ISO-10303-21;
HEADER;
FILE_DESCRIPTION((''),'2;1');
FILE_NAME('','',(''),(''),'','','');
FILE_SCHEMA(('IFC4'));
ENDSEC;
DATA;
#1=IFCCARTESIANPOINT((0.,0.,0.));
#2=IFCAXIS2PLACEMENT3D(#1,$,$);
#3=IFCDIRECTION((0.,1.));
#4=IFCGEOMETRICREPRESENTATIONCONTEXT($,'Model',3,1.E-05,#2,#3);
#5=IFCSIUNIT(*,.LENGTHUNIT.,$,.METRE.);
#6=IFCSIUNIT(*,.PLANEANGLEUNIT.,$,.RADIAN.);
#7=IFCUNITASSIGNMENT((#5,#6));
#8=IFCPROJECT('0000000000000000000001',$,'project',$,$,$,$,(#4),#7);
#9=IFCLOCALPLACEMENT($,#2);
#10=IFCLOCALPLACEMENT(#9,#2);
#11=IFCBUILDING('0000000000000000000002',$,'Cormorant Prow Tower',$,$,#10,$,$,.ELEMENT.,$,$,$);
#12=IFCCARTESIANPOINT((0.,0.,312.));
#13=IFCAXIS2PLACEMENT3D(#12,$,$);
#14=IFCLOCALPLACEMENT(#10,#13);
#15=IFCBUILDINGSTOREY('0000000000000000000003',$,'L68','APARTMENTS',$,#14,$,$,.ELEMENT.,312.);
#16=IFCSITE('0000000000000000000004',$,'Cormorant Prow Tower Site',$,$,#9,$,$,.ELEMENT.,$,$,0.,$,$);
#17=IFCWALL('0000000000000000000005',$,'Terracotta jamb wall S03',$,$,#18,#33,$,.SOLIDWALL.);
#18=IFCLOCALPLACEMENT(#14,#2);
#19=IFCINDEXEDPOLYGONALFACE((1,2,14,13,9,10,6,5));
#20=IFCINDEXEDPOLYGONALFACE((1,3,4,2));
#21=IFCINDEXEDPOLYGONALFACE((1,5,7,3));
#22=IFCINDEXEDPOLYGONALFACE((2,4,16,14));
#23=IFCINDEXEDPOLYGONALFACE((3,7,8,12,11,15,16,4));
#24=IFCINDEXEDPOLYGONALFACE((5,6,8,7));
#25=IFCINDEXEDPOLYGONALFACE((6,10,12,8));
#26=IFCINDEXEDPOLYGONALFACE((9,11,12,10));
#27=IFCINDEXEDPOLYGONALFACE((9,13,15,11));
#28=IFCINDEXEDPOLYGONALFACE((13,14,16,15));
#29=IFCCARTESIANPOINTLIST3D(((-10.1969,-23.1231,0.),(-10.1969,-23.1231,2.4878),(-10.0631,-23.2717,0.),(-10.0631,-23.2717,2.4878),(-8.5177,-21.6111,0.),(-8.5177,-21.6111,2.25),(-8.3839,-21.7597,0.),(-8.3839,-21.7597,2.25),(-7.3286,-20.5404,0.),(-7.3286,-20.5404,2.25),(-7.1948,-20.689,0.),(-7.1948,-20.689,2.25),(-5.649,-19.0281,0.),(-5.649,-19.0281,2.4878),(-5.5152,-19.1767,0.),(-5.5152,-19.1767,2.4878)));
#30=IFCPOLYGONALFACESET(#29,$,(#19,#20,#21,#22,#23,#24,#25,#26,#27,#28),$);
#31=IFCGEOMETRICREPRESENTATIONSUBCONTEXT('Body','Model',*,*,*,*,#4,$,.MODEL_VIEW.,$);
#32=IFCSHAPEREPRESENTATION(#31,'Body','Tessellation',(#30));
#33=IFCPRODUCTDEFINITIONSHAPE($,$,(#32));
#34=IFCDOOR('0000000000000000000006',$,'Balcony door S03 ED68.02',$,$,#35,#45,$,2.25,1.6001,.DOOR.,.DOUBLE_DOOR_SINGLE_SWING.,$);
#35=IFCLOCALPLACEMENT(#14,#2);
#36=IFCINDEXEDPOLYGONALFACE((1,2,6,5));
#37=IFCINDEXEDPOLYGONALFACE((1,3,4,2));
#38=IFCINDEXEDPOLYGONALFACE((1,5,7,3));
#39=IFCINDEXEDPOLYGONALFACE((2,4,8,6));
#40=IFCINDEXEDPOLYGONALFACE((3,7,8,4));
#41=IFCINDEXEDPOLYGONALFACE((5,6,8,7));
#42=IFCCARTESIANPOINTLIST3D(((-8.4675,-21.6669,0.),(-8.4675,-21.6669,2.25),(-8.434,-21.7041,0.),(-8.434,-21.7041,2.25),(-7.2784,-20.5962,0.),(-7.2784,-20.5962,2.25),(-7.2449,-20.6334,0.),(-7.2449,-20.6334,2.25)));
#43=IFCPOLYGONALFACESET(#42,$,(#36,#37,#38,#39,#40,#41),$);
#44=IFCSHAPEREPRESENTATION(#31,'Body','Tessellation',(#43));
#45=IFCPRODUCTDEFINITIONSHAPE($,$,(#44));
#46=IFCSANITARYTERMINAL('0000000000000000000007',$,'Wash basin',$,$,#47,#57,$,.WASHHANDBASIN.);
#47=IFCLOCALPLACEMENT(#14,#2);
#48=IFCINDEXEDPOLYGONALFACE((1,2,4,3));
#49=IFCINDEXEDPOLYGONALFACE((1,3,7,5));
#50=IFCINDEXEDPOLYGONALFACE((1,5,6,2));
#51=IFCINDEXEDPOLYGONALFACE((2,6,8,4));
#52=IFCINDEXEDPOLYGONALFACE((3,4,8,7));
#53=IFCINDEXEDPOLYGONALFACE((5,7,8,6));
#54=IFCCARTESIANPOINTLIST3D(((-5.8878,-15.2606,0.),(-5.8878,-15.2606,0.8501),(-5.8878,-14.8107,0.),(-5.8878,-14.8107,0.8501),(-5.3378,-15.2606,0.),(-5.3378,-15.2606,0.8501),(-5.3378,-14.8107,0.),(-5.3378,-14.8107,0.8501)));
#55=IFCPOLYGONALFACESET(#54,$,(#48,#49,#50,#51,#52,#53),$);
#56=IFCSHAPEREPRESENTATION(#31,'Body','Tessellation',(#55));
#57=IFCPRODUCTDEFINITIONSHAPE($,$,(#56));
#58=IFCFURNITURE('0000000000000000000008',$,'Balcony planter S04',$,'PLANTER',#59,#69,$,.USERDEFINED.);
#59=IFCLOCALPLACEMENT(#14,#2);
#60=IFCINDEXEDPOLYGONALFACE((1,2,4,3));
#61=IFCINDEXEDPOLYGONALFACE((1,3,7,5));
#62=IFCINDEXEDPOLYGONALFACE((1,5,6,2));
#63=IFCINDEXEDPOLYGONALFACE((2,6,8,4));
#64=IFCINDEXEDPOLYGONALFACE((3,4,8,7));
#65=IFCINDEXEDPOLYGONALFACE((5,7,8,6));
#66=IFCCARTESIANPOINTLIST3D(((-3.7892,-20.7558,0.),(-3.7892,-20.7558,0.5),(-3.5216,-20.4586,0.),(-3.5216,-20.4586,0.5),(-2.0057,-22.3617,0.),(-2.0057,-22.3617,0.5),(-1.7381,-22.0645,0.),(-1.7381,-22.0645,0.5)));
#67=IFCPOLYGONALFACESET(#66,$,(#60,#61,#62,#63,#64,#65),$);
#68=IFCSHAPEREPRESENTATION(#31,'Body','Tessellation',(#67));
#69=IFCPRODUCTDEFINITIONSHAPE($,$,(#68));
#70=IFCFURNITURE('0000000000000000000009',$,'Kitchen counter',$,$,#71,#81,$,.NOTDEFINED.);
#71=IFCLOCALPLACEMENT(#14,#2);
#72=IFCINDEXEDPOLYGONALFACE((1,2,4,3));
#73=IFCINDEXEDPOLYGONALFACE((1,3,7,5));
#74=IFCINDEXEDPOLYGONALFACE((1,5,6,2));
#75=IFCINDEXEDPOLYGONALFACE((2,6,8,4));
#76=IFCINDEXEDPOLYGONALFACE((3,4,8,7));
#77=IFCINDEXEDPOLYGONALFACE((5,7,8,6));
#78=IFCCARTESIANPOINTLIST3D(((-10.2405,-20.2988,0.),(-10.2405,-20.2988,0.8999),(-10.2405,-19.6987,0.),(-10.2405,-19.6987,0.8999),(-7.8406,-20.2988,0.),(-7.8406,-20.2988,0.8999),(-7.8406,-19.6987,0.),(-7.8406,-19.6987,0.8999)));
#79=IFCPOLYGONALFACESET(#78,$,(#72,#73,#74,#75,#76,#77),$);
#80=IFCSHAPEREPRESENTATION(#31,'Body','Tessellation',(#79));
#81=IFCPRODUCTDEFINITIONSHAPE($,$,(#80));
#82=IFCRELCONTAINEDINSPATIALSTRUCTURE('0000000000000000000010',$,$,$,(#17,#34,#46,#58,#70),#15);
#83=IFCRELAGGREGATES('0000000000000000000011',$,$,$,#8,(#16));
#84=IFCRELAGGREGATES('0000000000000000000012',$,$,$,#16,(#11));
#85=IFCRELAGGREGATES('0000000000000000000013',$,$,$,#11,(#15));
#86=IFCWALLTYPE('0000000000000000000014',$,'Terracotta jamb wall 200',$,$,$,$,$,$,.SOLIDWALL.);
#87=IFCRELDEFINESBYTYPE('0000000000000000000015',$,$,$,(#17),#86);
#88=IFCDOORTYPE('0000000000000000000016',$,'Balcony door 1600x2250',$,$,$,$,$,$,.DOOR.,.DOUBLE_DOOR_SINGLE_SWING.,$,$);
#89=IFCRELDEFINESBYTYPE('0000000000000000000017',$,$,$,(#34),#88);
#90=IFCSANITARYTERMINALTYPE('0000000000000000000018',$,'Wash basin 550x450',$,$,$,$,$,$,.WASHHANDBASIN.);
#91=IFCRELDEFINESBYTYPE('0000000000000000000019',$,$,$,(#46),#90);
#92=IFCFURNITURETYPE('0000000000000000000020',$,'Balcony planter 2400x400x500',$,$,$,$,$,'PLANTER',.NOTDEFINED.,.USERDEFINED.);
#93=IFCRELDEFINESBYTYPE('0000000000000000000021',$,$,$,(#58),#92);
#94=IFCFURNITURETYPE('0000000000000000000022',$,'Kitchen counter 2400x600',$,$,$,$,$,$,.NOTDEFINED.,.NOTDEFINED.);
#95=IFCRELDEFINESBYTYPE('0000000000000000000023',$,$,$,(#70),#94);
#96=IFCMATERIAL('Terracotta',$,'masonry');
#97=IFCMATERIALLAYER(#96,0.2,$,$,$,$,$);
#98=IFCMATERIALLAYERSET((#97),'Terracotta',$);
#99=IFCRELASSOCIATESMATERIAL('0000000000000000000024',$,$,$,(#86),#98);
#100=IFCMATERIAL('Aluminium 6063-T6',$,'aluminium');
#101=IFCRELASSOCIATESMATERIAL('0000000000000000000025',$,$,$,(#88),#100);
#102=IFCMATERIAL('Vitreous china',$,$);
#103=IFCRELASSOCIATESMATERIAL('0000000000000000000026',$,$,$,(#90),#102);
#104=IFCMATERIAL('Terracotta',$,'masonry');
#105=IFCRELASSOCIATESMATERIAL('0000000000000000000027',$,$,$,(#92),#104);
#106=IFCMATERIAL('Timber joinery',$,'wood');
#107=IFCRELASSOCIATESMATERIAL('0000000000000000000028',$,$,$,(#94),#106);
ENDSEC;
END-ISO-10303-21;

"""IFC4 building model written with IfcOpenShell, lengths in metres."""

from ifc_helpers import new_model, si_unit, direction, frame, frame_2d, origin, origin_2d, place, context, subcontext, project, spatial, rectangle, extrude, material, layer, layer_set, type_object, element, fill, save


model = new_model("IFC4")

# Units and contexts
model_context = context("Model", 3, precision=1e-05, world=origin(), true_north=direction((0.0, 1.0)))
body_context = subcontext(model_context, "Body", "Model", "MODEL_VIEW")
ifc_project = project(units=[si_unit("LENGTHUNIT", "METRE"), si_unit("PLANEANGLEUNIT", "RADIAN")], contexts=[model_context])

# Site, building, storey
site_placement = place(None, origin())
site = spatial("IfcSite", under=ifc_project, at=site_placement, Name="Cormorant Prow Tower Site", CompositionType="ELEMENT", RefElevation=0.0)
building_placement = place(site_placement, origin())
building = spatial("IfcBuilding", under=site, at=building_placement, Name="Cormorant Prow Tower", CompositionType="ELEMENT")
storey_placement = place(building_placement, frame((0.0, 0.0, 312.0)))
storey = spatial("IfcBuildingStorey", under=building, at=storey_placement, Name="L68", Description="APARTMENTS", CompositionType="ELEMENT", Elevation=312.0)

# Wall, opening, door
ifc_material_1 = material(Name="Terracotta", Category="masonry")
ifc_layer_1 = layer(ifc_material_1, 0.2)
ifc_layer_set_1 = layer_set([ifc_layer_1], Name="Terracotta")
wall_type_1 = type_object("IfcWallType", Name="Terracotta jamb wall 200", PredefinedType="SOLIDWALL", material=ifc_layer_set_1)
wall_1_placement = place(storey_placement, frame((-10.1301, -23.1975, 0.0), z_axis=(0.0, 0.0, 1.0), x_axis=(0.743139, 0.669137, 0.0)))
wall_1 = element("IfcWall", 1, at=wall_1_placement, inside=storey, type_object=wall_type_1, Name="Terracotta jamb wall S03", PredefinedType="SOLIDWALL", context=body_context, shape_type="SweptSolid", body=[
    extrude(rectangle(XDim=6.1199, YDim=0.2, at=frame_2d((3.0601, 0.0))), origin(), (0.0, 0.0, 1.0), 2.4878),
])
opening_1_placement = place(wall_1_placement, frame((2.2598, 0.0, 0.0)))
opening_1 = element("IfcOpeningElement", 2, at=opening_1_placement, cuts=wall_1, PredefinedType="OPENING", context=body_context, shape_type="SweptSolid", body=[
    extrude(rectangle(XDim=1.6001, YDim=2.25, at=frame_2d((0.8, 1.125))), frame((0.0, 0.1099, 0.0), z_axis=(0.0, -1.0, 0.0), x_axis=(1.0, 0.0, 0.0)), (0.0, 0.0, 1.0), 0.22),
])
ifc_material_2 = material(Name="Aluminium 6063-T6", Category="aluminium")
door_type_1 = type_object("IfcDoorType", Name="Balcony door 1600x2250", OperationType="DOUBLE_DOOR_SINGLE_SWING", PredefinedType="DOOR", material=ifc_material_2)
door_1_placement = place(opening_1_placement, origin())
door_1 = element("IfcDoor", 3, at=door_1_placement, inside=storey, type_object=door_type_1, Name="Balcony door S03 ED68.02", OperationType="DOUBLE_DOOR_SINGLE_SWING", OverallHeight=2.25, OverallWidth=1.6001, PredefinedType="DOOR", context=body_context, shape_type="SweptSolid", body=[
    extrude(rectangle(XDim=1.6001, YDim=2.25, at=frame_2d((0.8, 1.125))), frame((0.0, 0.0249, 0.0), z_axis=(0.0, -1.0, 0.0), x_axis=(1.0, 0.0, 0.0)), (0.0, 0.0, 1.0), 0.05),
])
fill(opening_1, door_1)

# Sanitary terminal
ifc_material_3 = material(Name="Vitreous china")
sanitary_terminal_type = type_object("IfcSanitaryTerminalType", Name="Wash basin 550x450", PredefinedType="WASHHANDBASIN", material=ifc_material_3)
sanitary_terminal_placement = place(storey_placement, frame((-5.6128, -15.0356, 0.0), z_axis=(0.0, 0.0, 1.0), x_axis=(-1.0, 0.0, 0.0)))
element("IfcSanitaryTerminal", 4, at=sanitary_terminal_placement, inside=storey, type_object=sanitary_terminal_type, Name="Wash basin", PredefinedType="WASHHANDBASIN", context=body_context, shape_type="SweptSolid", body=[
    extrude(rectangle(XDim=0.55, YDim=0.45, at=origin_2d()), origin(), (0.0, 0.0, 1.0), 0.8501),
])

# Furniture
ifc_material_4 = material(Name="Terracotta", Category="masonry")
furniture_type_1 = type_object("IfcFurnitureType", Name="Balcony planter 2400x400x500", ElementType="PLANTER", AssemblyPlace="NOTDEFINED", PredefinedType="USERDEFINED", material=ifc_material_4)
furniture_1_placement = place(storey_placement, frame((-2.7637, -21.4102, 0.0), z_axis=(0.0, 0.0, 1.0), x_axis=(0.743145, -0.669131, 0.0)))
element("IfcFurniture", 5, at=furniture_1_placement, inside=storey, type_object=furniture_type_1, Name="Balcony planter S04", ObjectType="PLANTER", PredefinedType="USERDEFINED", context=body_context, shape_type="SweptSolid", body=[
    extrude(rectangle(XDim=2.3999, YDim=0.3999, at=origin_2d()), origin(), (0.0, 0.0, 1.0), 0.5),
])
ifc_material_5 = material(Name="Timber joinery", Category="wood")
furniture_type_2 = type_object("IfcFurnitureType", Name="Kitchen counter 2400x600", AssemblyPlace="NOTDEFINED", PredefinedType="NOTDEFINED", material=ifc_material_5)
furniture_2_placement = place(storey_placement, frame((-9.0405, -19.9988, 0.0), z_axis=(0.0, 0.0, 1.0), x_axis=(1.0, 0.0, 0.0)))
element("IfcFurniture", 6, at=furniture_2_placement, inside=storey, type_object=furniture_type_2, Name="Kitchen counter", PredefinedType="NOTDEFINED", context=body_context, shape_type="SweptSolid", body=[
    extrude(rectangle(XDim=2.3999, YDim=0.6001, at=origin_2d()), origin(), (0.0, 0.0, 1.0), 0.8999),
])

save(model, "model.ifc")
